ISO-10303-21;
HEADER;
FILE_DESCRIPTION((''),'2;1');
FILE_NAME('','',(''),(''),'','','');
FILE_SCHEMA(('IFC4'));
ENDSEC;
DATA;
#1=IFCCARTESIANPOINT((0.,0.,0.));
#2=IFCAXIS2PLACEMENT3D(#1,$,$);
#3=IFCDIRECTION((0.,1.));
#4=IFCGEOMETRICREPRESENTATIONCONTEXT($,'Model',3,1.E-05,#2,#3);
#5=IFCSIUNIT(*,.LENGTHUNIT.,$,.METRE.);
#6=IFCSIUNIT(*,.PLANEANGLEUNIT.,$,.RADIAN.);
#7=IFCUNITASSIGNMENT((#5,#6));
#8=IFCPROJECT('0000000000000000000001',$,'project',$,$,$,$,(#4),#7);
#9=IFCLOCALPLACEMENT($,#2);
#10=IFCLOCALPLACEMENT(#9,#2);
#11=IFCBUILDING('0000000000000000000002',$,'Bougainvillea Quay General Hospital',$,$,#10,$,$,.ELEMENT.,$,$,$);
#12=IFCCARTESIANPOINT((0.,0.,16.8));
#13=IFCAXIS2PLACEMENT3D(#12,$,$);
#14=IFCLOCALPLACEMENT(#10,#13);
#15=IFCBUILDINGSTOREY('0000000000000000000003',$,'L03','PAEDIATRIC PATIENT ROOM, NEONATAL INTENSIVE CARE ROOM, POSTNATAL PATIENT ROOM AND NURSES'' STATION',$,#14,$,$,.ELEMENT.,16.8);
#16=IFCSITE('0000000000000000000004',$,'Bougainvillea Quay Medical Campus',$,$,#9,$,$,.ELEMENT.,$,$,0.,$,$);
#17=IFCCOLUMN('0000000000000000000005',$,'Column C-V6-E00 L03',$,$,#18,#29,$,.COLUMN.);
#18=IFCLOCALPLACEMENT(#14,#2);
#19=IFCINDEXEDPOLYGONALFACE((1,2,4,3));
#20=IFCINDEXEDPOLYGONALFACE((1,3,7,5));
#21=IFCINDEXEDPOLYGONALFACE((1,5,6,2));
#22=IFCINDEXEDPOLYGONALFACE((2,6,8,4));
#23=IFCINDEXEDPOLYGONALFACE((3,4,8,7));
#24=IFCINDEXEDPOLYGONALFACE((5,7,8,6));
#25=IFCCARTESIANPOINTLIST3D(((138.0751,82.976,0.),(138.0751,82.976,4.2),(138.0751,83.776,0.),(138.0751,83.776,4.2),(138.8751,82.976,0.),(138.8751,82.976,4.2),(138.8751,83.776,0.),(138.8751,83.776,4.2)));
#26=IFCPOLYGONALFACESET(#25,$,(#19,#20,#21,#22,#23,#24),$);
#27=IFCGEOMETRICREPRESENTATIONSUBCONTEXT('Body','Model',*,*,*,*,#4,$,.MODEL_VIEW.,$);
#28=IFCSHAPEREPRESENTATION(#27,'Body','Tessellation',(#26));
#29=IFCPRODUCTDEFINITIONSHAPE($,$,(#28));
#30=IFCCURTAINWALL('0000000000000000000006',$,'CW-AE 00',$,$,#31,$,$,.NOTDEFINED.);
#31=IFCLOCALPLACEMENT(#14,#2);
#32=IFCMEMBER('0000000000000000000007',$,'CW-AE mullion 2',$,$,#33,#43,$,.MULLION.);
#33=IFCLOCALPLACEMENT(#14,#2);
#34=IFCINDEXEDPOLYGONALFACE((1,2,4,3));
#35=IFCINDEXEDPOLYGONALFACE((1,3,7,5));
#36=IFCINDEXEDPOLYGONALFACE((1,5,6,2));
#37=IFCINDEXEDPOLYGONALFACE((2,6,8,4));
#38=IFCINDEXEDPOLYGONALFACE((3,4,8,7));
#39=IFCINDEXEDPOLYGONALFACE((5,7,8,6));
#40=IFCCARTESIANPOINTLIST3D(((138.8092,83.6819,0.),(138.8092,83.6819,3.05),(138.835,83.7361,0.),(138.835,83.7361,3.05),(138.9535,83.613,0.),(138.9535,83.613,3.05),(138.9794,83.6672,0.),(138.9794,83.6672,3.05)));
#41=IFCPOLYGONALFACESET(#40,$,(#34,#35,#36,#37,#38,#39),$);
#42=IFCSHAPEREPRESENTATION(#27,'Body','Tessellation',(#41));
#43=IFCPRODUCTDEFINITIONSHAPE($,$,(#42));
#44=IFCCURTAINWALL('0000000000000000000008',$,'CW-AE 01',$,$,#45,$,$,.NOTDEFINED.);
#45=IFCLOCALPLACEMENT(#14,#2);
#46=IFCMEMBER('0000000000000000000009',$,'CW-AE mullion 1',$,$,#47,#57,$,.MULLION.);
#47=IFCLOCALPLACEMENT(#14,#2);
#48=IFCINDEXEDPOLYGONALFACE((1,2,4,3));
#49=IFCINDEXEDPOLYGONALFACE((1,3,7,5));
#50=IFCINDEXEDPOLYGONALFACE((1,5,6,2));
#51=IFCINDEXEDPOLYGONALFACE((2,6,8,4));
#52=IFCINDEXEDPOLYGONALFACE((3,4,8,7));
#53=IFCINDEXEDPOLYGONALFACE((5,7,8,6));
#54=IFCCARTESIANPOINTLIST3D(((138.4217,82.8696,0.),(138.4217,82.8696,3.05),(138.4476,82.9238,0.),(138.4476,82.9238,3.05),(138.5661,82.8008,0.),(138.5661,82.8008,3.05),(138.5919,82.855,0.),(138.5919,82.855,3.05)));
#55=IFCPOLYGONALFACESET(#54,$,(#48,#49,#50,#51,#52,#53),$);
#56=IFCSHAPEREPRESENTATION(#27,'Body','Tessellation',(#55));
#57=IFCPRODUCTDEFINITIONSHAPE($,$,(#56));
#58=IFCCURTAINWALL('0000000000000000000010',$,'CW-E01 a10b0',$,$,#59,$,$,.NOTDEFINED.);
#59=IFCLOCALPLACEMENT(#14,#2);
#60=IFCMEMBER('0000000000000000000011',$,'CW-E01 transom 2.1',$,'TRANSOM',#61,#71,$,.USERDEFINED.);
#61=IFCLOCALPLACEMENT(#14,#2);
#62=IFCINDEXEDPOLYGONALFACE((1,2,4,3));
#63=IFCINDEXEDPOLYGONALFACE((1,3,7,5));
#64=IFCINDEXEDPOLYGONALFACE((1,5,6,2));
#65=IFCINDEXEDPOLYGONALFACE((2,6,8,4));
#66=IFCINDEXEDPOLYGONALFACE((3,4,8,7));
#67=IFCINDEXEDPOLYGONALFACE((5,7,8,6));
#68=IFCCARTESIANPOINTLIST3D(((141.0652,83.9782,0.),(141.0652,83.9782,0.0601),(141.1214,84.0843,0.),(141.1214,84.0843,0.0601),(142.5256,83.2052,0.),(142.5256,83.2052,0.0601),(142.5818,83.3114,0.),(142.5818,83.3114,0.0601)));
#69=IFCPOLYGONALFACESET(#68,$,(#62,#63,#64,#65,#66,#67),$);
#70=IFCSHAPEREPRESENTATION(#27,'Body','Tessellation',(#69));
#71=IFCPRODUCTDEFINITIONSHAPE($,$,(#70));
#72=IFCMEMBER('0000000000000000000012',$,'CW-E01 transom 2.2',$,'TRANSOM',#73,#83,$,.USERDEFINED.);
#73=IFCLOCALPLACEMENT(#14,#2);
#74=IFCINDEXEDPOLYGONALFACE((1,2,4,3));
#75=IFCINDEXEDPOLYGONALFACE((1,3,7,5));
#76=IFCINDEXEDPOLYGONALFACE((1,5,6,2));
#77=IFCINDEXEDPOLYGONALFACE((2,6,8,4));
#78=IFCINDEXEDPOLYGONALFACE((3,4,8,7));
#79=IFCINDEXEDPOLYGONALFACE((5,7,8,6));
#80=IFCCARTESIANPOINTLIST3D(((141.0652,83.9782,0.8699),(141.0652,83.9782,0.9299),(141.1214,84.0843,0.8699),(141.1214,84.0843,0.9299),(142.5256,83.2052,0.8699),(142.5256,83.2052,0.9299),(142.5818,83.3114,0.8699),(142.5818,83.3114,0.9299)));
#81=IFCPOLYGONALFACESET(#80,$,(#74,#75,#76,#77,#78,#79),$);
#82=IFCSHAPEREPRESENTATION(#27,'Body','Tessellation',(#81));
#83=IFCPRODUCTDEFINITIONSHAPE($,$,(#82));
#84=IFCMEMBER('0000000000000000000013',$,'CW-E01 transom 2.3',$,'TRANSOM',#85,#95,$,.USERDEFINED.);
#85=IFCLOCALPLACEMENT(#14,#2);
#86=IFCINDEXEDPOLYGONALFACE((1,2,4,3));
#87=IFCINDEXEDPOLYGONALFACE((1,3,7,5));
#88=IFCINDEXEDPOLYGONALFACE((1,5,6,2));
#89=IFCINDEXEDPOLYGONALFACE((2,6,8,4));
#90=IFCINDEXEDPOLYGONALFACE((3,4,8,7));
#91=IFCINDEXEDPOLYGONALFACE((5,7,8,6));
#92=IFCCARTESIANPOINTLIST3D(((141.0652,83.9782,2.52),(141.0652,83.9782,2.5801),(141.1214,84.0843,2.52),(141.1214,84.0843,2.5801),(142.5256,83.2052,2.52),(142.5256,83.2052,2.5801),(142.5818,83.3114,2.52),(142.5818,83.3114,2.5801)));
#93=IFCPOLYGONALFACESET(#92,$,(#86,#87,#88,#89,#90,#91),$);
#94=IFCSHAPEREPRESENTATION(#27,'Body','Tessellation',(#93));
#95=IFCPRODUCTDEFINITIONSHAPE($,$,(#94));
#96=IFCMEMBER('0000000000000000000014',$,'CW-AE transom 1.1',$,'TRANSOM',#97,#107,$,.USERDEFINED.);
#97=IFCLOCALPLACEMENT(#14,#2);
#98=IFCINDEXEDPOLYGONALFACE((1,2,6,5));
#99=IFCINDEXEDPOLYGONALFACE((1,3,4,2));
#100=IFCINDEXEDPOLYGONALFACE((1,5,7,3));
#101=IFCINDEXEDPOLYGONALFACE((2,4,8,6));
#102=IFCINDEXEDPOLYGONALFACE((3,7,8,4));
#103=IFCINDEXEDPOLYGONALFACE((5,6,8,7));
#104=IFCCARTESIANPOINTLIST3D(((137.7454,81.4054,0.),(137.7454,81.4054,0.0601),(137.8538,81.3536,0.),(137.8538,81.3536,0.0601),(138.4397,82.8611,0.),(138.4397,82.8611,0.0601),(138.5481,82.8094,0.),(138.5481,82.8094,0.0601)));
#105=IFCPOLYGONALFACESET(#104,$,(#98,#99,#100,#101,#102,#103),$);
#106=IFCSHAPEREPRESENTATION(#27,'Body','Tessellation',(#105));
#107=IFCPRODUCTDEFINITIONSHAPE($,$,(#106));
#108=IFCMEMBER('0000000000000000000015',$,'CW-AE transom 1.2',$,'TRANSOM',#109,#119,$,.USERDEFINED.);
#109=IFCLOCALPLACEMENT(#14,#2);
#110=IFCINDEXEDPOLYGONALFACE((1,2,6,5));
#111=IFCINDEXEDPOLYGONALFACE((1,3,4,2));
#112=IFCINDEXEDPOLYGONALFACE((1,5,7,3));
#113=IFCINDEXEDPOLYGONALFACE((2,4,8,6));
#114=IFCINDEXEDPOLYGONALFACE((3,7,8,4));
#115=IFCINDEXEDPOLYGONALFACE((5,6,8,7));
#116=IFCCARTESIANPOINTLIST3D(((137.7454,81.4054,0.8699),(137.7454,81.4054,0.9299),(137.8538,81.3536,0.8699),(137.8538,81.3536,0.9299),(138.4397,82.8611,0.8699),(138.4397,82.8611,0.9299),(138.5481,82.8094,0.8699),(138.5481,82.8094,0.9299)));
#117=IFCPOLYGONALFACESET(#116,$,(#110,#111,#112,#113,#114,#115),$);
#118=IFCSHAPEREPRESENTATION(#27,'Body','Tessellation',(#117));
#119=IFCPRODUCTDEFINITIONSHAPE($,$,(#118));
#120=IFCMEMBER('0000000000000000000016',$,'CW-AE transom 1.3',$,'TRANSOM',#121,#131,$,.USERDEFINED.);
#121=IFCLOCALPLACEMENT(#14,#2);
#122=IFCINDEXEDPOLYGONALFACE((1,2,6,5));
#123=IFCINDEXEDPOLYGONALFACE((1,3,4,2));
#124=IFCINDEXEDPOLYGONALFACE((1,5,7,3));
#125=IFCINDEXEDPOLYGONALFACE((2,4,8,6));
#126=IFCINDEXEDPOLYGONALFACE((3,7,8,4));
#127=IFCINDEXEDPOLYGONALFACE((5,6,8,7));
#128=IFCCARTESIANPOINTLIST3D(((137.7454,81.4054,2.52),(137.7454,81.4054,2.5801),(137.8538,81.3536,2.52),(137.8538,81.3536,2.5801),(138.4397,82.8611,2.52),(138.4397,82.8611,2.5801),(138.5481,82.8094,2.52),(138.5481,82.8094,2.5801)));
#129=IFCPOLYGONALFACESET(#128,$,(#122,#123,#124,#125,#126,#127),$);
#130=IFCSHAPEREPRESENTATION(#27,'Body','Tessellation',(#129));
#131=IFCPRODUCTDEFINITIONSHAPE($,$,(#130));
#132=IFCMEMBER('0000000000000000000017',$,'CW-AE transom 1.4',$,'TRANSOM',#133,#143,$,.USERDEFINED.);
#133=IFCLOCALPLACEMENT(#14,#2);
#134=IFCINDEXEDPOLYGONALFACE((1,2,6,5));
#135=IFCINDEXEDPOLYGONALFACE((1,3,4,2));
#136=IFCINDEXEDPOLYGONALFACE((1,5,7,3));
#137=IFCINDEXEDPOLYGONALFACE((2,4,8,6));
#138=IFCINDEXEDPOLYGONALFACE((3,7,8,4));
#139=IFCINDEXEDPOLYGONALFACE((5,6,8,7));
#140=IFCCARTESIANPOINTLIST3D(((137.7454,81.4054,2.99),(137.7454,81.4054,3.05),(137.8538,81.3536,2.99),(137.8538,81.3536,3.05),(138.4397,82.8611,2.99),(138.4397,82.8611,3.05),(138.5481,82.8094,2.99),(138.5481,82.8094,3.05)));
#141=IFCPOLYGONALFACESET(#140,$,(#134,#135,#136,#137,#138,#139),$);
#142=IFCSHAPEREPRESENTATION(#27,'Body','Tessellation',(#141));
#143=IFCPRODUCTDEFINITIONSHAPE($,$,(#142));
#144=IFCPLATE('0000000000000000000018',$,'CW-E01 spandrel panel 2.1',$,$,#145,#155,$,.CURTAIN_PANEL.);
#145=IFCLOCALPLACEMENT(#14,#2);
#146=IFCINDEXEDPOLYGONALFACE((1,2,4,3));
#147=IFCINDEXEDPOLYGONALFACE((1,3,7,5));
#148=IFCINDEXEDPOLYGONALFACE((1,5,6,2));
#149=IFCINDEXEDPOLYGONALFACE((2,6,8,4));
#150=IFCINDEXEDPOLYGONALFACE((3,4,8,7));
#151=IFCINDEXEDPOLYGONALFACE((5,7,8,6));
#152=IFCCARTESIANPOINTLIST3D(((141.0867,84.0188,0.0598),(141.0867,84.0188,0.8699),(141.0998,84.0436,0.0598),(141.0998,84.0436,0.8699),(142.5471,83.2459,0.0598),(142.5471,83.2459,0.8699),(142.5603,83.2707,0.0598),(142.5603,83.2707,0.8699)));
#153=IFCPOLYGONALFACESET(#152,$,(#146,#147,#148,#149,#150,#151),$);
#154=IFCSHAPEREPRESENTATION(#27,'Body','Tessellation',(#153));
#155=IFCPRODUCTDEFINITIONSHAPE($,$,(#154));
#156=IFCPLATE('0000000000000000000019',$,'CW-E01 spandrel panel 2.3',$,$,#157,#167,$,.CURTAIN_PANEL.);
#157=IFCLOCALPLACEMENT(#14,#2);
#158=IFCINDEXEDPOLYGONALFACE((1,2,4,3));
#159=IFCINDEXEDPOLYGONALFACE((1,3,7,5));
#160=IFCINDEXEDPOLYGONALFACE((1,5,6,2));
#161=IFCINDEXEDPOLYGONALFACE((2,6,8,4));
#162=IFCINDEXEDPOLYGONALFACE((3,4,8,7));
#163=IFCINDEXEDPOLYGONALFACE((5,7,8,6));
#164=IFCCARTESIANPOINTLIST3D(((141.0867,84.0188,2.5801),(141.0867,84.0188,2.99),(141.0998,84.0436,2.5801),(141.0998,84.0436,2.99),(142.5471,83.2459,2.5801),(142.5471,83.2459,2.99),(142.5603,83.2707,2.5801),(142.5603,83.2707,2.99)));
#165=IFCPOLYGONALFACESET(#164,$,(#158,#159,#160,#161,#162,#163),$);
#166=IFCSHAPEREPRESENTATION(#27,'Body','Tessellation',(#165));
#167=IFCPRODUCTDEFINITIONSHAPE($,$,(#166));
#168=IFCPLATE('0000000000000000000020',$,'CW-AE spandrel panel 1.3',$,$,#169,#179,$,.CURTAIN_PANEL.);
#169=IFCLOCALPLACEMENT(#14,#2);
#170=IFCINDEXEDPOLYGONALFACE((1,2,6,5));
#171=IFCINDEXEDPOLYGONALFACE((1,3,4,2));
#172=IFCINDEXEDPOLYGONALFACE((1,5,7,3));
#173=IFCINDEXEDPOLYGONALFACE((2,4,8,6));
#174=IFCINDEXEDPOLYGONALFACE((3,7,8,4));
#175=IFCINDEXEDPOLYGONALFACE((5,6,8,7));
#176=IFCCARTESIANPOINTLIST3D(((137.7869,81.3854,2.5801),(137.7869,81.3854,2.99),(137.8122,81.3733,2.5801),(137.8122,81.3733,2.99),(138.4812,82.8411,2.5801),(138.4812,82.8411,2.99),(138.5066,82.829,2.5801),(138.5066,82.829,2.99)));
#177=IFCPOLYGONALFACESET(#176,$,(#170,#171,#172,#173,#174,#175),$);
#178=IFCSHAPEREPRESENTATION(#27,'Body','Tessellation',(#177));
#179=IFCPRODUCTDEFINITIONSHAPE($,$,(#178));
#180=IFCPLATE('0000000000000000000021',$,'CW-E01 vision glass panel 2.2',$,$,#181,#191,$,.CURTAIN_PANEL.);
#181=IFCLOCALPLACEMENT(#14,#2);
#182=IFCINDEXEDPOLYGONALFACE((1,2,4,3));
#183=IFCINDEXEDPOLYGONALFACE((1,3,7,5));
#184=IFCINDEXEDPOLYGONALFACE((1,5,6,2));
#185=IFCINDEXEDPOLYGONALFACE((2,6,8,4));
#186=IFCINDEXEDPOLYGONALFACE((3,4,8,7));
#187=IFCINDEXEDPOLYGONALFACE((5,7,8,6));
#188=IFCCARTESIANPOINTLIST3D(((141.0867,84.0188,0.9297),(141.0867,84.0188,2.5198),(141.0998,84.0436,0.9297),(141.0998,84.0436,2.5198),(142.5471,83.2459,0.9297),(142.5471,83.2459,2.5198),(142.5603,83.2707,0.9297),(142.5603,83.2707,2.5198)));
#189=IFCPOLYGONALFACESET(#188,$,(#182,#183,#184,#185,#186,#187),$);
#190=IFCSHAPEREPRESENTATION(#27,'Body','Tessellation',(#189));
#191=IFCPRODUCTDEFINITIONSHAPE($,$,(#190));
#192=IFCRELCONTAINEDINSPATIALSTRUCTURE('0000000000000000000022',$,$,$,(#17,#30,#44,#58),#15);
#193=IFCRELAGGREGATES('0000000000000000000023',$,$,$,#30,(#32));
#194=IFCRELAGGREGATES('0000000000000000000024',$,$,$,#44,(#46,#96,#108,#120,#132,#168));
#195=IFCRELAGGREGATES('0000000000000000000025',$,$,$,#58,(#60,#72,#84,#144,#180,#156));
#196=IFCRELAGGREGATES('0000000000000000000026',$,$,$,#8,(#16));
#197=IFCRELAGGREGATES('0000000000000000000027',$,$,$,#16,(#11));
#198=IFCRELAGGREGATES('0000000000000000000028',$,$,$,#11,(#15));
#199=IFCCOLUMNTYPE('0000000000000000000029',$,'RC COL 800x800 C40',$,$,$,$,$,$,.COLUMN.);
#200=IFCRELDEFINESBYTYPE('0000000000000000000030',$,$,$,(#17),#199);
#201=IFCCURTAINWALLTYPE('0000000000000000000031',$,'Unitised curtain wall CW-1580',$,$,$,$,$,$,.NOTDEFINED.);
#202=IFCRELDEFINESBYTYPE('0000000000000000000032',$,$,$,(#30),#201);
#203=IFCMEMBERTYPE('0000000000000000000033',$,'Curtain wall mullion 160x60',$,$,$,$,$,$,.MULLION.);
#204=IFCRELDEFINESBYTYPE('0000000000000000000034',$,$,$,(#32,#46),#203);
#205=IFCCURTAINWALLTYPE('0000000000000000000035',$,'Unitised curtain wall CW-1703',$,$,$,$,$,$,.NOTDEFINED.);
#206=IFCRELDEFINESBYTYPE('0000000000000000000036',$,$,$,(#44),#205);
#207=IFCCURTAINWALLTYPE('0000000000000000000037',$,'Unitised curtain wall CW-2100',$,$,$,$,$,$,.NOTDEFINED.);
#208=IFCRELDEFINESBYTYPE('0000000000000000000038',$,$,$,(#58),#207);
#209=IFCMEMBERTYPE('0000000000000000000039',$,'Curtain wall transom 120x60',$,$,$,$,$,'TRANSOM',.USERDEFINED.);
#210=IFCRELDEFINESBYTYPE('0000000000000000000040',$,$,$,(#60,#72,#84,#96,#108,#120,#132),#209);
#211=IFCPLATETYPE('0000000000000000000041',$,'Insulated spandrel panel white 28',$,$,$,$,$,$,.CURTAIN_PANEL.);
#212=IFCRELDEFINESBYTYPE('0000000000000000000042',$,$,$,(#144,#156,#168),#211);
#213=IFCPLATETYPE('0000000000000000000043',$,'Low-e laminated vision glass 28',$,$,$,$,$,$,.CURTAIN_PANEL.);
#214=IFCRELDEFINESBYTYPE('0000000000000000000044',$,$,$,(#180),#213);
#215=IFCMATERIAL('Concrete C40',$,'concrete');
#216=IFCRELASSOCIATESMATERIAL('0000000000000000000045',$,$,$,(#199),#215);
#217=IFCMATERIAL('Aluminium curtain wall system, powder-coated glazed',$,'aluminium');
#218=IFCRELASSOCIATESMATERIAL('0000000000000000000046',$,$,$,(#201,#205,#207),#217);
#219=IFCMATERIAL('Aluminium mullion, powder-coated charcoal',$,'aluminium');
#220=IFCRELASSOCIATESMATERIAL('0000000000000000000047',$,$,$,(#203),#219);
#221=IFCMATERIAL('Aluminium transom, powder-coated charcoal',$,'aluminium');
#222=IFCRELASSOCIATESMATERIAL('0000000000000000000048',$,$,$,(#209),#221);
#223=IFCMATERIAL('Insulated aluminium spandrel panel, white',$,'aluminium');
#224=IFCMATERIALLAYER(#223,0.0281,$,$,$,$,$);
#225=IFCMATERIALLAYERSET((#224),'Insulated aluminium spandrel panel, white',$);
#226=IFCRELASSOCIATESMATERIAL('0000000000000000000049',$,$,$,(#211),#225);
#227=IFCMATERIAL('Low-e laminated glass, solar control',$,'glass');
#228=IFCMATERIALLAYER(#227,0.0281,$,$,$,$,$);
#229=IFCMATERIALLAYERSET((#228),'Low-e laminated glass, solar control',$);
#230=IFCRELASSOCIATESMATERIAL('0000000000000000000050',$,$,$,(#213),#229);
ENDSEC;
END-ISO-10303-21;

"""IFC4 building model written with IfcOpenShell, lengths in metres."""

from ifc_helpers import new_model, si_unit, direction, frame, origin, origin_2d, place, context, subcontext, project, spatial, rectangle, extrude, material, layer, layer_set, material_profile, profile_set, type_object, element, aggregate, save


model = new_model("IFC4")

# Units and contexts
model_context = context("Model", 3, precision=1e-05, world=origin(), true_north=direction((0.0, 1.0)))
body_context = subcontext(model_context, "Body", "Model", "MODEL_VIEW")
ifc_project = project(units=[si_unit("LENGTHUNIT", "METRE"), si_unit("PLANEANGLEUNIT", "RADIAN")], contexts=[model_context])

# Site, building, storey
site_placement = place(None, origin())
site = spatial("IfcSite", under=ifc_project, at=site_placement, Name="Bougainvillea Quay Medical Campus", CompositionType="ELEMENT", RefElevation=0.0)
building_placement = place(site_placement, origin())
building = spatial("IfcBuilding", under=site, at=building_placement, Name="Bougainvillea Quay General Hospital", CompositionType="ELEMENT")
storey_placement = place(building_placement, frame((0.0, 0.0, 16.8)))
storey = spatial("IfcBuildingStorey", under=building, at=storey_placement, Name="L03", Description="PAEDIATRIC PATIENT ROOM, NEONATAL INTENSIVE CARE ROOM, POSTNATAL PATIENT ROOM AND NURSES' STATION", CompositionType="ELEMENT", Elevation=16.8)

# Column
ifc_material_1 = material(Name="Concrete C40", Category="concrete")
ifc_material_profile_1 = material_profile(ifc_material_1, rectangle(XDim=0.8, YDim=0.8, at=origin_2d()))
ifc_profile_set_1 = profile_set([ifc_material_profile_1], Name="Concrete C40")
column_type = type_object("IfcColumnType", Name="RC COL 800x800 C40", PredefinedType="COLUMN", material=ifc_profile_set_1)
column_placement = place(storey_placement, frame((138.4751, 83.376, 0.0), z_axis=(0.0, 0.0, 1.0), x_axis=(1.0, 0.0, 0.0)))
element("IfcColumn", 1, at=column_placement, inside=storey, type_object=column_type, Name="Column C-V6-E00 L03", PredefinedType="COLUMN", context=body_context, shape_type="SweptSolid", body=[
    extrude(rectangle(XDim=0.8, YDim=0.8, at=origin_2d()), origin(), (0.0, 0.0, 1.0), 4.2),
])

# Curtain walls, members
ifc_material_2 = material(Name="Aluminium curtain wall system, powder-coated glazed", Category="aluminium")
curtain_wall_type_1 = type_object("IfcCurtainWallType", Name="Unitised curtain wall CW-1580", PredefinedType="NOTDEFINED", material=ifc_material_2)
curtain_wall_1_placement = place(storey_placement, origin())
curtain_wall_1 = element("IfcCurtainWall", 2, at=curtain_wall_1_placement, inside=storey, type_object=curtain_wall_type_1, Name="CW-AE 00", PredefinedType="NOTDEFINED")
ifc_material_3 = material(Name="Aluminium mullion, powder-coated charcoal", Category="aluminium")
ifc_material_profile_2 = material_profile(ifc_material_3, rectangle(XDim=0.1599, YDim=0.0601, at=origin_2d()))
ifc_profile_set_2 = profile_set([ifc_material_profile_2], Name="Aluminium mullion, powder-coated charcoal")
member_type_1 = type_object("IfcMemberType", Name="Curtain wall mullion 160x60", PredefinedType="MULLION", material=ifc_profile_set_2)
member_1_placement = place(storey_placement, frame((138.8943, 83.6746, 0.0), z_axis=(0.0, 0.0, 1.0), x_axis=(0.902578, -0.430525, 0.0)))
member_1 = element("IfcMember", 3, at=member_1_placement, type_object=member_type_1, Name="CW-AE mullion 2", PredefinedType="MULLION", context=body_context, shape_type="SweptSolid", body=[
    extrude(rectangle(XDim=0.1599, YDim=0.0601, at=origin_2d()), origin(), (0.0, 0.0, 1.0), 3.05),
])
aggregate(curtain_wall_1, [member_1])
curtain_wall_type_2 = type_object("IfcCurtainWallType", Name="Unitised curtain wall CW-1703", PredefinedType="NOTDEFINED", material=ifc_material_2)
curtain_wall_2_placement = place(storey_placement, origin())
curtain_wall_2 = element("IfcCurtainWall", 4, at=curtain_wall_2_placement, inside=storey, type_object=curtain_wall_type_2, Name="CW-AE 01", PredefinedType="NOTDEFINED")
member_2_placement = place(storey_placement, frame((138.5068, 82.8623, 0.0), z_axis=(0.0, 0.0, 1.0), x_axis=(0.902578, -0.430525, 0.0)))
member_2 = element("IfcMember", 5, at=member_2_placement, type_object=member_type_1, Name="CW-AE mullion 1", PredefinedType="MULLION", context=body_context, shape_type="SweptSolid", body=[
    extrude(rectangle(XDim=0.1599, YDim=0.0601, at=origin_2d()), origin(), (0.0, 0.0, 1.0), 3.05),
])

# Curtain wall, members
curtain_wall_type_3 = type_object("IfcCurtainWallType", Name="Unitised curtain wall CW-2100", PredefinedType="NOTDEFINED", material=ifc_material_2)
curtain_wall_3_placement = place(storey_placement, origin())
curtain_wall_3 = element("IfcCurtainWall", 6, at=curtain_wall_3_placement, inside=storey, type_object=curtain_wall_type_3, Name="CW-E01 a10b0", PredefinedType="NOTDEFINED")
ifc_material_4 = material(Name="Aluminium transom, powder-coated charcoal", Category="aluminium")
ifc_material_profile_3 = material_profile(ifc_material_4, rectangle(XDim=0.1201, YDim=0.0601, at=origin_2d()))
ifc_profile_set_3 = profile_set([ifc_material_profile_3], Name="Aluminium transom, powder-coated charcoal")
member_type_2 = type_object("IfcMemberType", Name="Curtain wall transom 120x60", ElementType="TRANSOM", PredefinedType="USERDEFINED", material=ifc_profile_set_3)
member_3_placement = place(storey_placement, frame((141.0933, 84.0312, 0.03), z_axis=(0.883845, -0.467779, 0.0), x_axis=(0.467779, 0.883845, 0.0)))
member_3 = element("IfcMember", 7, at=member_3_placement, type_object=member_type_2, Name="CW-E01 transom 2.1", ObjectType="TRANSOM", PredefinedType="USERDEFINED", context=body_context, shape_type="SweptSolid", body=[
    extrude(rectangle(XDim=0.1201, YDim=0.0601, at=origin_2d()), origin(), (0.0, 0.0, 1.0), 1.6523),
])
member_4_placement = place(storey_placement, frame((141.0933, 84.0312, 0.8999), z_axis=(0.883845, -0.467779, 0.0), x_axis=(0.467779, 0.883845, 0.0)))
member_4 = element("IfcMember", 8, at=member_4_placement, type_object=member_type_2, Name="CW-E01 transom 2.2", ObjectType="TRANSOM", PredefinedType="USERDEFINED", context=body_context, shape_type="SweptSolid", body=[
    extrude(rectangle(XDim=0.1201, YDim=0.0601, at=origin_2d()), origin(), (0.0, 0.0, 1.0), 1.6523),
])
member_5_placement = place(storey_placement, frame((141.0933, 84.0312, 2.55), z_axis=(0.883845, -0.467779, 0.0), x_axis=(0.467779, 0.883845, 0.0)))
member_5 = element("IfcMember", 9, at=member_5_placement, type_object=member_type_2, Name="CW-E01 transom 2.3", ObjectType="TRANSOM", PredefinedType="USERDEFINED", context=body_context, shape_type="SweptSolid", body=[
    extrude(rectangle(XDim=0.1201, YDim=0.0601, at=origin_2d()), origin(), (0.0, 0.0, 1.0), 1.6523),
])

# Members
member_6_placement = place(storey_placement, frame((138.4939, 82.8352, 0.03), z_axis=(-0.430486, -0.902597, 0.0), x_axis=(0.902597, -0.430486, 0.0)))
member_6 = element("IfcMember", 10, at=member_6_placement, type_object=member_type_2, Name="CW-AE transom 1.1", ObjectType="TRANSOM", PredefinedType="USERDEFINED", context=body_context, shape_type="SweptSolid", body=[
    extrude(rectangle(XDim=0.1201, YDim=0.0601, at=origin_2d()), origin(), (0.0, 0.0, 1.0), 1.6128),
])
member_7_placement = place(storey_placement, frame((138.4939, 82.8352, 0.8999), z_axis=(-0.430486, -0.902597, 0.0), x_axis=(0.902597, -0.430486, 0.0)))
member_7 = element("IfcMember", 11, at=member_7_placement, type_object=member_type_2, Name="CW-AE transom 1.2", ObjectType="TRANSOM", PredefinedType="USERDEFINED", context=body_context, shape_type="SweptSolid", body=[
    extrude(rectangle(XDim=0.1201, YDim=0.0601, at=origin_2d()), origin(), (0.0, 0.0, 1.0), 1.6128),
])
member_8_placement = place(storey_placement, frame((138.4939, 82.8352, 2.55), z_axis=(-0.430486, -0.902597, 0.0), x_axis=(0.902597, -0.430486, 0.0)))
member_8 = element("IfcMember", 12, at=member_8_placement, type_object=member_type_2, Name="CW-AE transom 1.3", ObjectType="TRANSOM", PredefinedType="USERDEFINED", context=body_context, shape_type="SweptSolid", body=[
    extrude(rectangle(XDim=0.1201, YDim=0.0601, at=origin_2d()), origin(), (0.0, 0.0, 1.0), 1.6128),
])
member_9_placement = place(storey_placement, frame((138.4939, 82.8352, 3.02), z_axis=(-0.430486, -0.902597, 0.0), x_axis=(0.902597, -0.430486, 0.0)))
member_9 = element("IfcMember", 13, at=member_9_placement, type_object=member_type_2, Name="CW-AE transom 1.4", ObjectType="TRANSOM", PredefinedType="USERDEFINED", context=body_context, shape_type="SweptSolid", body=[
    extrude(rectangle(XDim=0.1201, YDim=0.0601, at=origin_2d()), origin(), (0.0, 0.0, 1.0), 1.6128),
])

# Plates
ifc_material_5 = material(Name="Insulated aluminium spandrel panel, white", Category="aluminium")
ifc_layer_1 = layer(ifc_material_5, 0.0281)
ifc_layer_set_1 = layer_set([ifc_layer_1], Name="Insulated aluminium spandrel panel, white")
plate_type_1 = type_object("IfcPlateType", Name="Insulated spandrel panel white 28", PredefinedType="CURTAIN_PANEL", material=ifc_layer_set_1)
plate_1_placement = place(storey_placement, frame((141.8235, 83.6448, 0.0598), z_axis=(0.0, 0.0, 1.0), x_axis=(0.883859, -0.467753, 0.0)))
plate_1 = element("IfcPlate", 14, at=plate_1_placement, type_object=plate_type_1, Name="CW-E01 spandrel panel 2.1", PredefinedType="CURTAIN_PANEL", context=body_context, shape_type="SweptSolid", body=[
    extrude(rectangle(XDim=1.6523, YDim=0.0281, at=origin_2d()), origin(), (0.0, 0.0, 1.0), 0.8101),
])
plate_2_placement = place(storey_placement, frame((141.8235, 83.6448, 2.5801), z_axis=(0.0, 0.0, 1.0), x_axis=(0.883859, -0.467753, 0.0)))
plate_2 = element("IfcPlate", 15, at=plate_2_placement, type_object=plate_type_1, Name="CW-E01 spandrel panel 2.3", PredefinedType="CURTAIN_PANEL", context=body_context, shape_type="SweptSolid", body=[
    extrude(rectangle(XDim=1.6523, YDim=0.0281, at=origin_2d()), origin(), (0.0, 0.0, 1.0), 0.4099),
])
plate_3_placement = place(storey_placement, frame((138.1467, 82.1072, 2.5801), z_axis=(0.0, 0.0, 1.0), x_axis=(-0.430525, -0.902578, 0.0)))
plate_3 = element("IfcPlate", 16, at=plate_3_placement, type_object=plate_type_1, Name="CW-AE spandrel panel 1.3", PredefinedType="CURTAIN_PANEL", context=body_context, shape_type="SweptSolid", body=[
    extrude(rectangle(XDim=1.6128, YDim=0.0281, at=origin_2d()), origin(), (0.0, 0.0, 1.0), 0.4099),
])
aggregate(curtain_wall_2, [member_2, member_6, member_7, member_8, member_9, plate_3])
ifc_material_6 = material(Name="Low-e laminated glass, solar control", Category="glass")
ifc_layer_2 = layer(ifc_material_6, 0.0281)
ifc_layer_set_2 = layer_set([ifc_layer_2], Name="Low-e laminated glass, solar control")
plate_type_2 = type_object("IfcPlateType", Name="Low-e laminated vision glass 28", PredefinedType="CURTAIN_PANEL", material=ifc_layer_set_2)
plate_4_placement = place(storey_placement, frame((141.8235, 83.6448, 0.9297), z_axis=(0.0, 0.0, 1.0), x_axis=(0.883859, -0.467753, 0.0)))
plate_4 = element("IfcPlate", 17, at=plate_4_placement, type_object=plate_type_2, Name="CW-E01 vision glass panel 2.2", PredefinedType="CURTAIN_PANEL", context=body_context, shape_type="SweptSolid", body=[
    extrude(rectangle(XDim=1.6523, YDim=0.0281, at=origin_2d()), origin(), (0.0, 0.0, 1.0), 1.5901),
])
aggregate(curtain_wall_3, [member_3, member_4, member_5, plate_1, plate_4, plate_2])

save(model, "model.ifc")
